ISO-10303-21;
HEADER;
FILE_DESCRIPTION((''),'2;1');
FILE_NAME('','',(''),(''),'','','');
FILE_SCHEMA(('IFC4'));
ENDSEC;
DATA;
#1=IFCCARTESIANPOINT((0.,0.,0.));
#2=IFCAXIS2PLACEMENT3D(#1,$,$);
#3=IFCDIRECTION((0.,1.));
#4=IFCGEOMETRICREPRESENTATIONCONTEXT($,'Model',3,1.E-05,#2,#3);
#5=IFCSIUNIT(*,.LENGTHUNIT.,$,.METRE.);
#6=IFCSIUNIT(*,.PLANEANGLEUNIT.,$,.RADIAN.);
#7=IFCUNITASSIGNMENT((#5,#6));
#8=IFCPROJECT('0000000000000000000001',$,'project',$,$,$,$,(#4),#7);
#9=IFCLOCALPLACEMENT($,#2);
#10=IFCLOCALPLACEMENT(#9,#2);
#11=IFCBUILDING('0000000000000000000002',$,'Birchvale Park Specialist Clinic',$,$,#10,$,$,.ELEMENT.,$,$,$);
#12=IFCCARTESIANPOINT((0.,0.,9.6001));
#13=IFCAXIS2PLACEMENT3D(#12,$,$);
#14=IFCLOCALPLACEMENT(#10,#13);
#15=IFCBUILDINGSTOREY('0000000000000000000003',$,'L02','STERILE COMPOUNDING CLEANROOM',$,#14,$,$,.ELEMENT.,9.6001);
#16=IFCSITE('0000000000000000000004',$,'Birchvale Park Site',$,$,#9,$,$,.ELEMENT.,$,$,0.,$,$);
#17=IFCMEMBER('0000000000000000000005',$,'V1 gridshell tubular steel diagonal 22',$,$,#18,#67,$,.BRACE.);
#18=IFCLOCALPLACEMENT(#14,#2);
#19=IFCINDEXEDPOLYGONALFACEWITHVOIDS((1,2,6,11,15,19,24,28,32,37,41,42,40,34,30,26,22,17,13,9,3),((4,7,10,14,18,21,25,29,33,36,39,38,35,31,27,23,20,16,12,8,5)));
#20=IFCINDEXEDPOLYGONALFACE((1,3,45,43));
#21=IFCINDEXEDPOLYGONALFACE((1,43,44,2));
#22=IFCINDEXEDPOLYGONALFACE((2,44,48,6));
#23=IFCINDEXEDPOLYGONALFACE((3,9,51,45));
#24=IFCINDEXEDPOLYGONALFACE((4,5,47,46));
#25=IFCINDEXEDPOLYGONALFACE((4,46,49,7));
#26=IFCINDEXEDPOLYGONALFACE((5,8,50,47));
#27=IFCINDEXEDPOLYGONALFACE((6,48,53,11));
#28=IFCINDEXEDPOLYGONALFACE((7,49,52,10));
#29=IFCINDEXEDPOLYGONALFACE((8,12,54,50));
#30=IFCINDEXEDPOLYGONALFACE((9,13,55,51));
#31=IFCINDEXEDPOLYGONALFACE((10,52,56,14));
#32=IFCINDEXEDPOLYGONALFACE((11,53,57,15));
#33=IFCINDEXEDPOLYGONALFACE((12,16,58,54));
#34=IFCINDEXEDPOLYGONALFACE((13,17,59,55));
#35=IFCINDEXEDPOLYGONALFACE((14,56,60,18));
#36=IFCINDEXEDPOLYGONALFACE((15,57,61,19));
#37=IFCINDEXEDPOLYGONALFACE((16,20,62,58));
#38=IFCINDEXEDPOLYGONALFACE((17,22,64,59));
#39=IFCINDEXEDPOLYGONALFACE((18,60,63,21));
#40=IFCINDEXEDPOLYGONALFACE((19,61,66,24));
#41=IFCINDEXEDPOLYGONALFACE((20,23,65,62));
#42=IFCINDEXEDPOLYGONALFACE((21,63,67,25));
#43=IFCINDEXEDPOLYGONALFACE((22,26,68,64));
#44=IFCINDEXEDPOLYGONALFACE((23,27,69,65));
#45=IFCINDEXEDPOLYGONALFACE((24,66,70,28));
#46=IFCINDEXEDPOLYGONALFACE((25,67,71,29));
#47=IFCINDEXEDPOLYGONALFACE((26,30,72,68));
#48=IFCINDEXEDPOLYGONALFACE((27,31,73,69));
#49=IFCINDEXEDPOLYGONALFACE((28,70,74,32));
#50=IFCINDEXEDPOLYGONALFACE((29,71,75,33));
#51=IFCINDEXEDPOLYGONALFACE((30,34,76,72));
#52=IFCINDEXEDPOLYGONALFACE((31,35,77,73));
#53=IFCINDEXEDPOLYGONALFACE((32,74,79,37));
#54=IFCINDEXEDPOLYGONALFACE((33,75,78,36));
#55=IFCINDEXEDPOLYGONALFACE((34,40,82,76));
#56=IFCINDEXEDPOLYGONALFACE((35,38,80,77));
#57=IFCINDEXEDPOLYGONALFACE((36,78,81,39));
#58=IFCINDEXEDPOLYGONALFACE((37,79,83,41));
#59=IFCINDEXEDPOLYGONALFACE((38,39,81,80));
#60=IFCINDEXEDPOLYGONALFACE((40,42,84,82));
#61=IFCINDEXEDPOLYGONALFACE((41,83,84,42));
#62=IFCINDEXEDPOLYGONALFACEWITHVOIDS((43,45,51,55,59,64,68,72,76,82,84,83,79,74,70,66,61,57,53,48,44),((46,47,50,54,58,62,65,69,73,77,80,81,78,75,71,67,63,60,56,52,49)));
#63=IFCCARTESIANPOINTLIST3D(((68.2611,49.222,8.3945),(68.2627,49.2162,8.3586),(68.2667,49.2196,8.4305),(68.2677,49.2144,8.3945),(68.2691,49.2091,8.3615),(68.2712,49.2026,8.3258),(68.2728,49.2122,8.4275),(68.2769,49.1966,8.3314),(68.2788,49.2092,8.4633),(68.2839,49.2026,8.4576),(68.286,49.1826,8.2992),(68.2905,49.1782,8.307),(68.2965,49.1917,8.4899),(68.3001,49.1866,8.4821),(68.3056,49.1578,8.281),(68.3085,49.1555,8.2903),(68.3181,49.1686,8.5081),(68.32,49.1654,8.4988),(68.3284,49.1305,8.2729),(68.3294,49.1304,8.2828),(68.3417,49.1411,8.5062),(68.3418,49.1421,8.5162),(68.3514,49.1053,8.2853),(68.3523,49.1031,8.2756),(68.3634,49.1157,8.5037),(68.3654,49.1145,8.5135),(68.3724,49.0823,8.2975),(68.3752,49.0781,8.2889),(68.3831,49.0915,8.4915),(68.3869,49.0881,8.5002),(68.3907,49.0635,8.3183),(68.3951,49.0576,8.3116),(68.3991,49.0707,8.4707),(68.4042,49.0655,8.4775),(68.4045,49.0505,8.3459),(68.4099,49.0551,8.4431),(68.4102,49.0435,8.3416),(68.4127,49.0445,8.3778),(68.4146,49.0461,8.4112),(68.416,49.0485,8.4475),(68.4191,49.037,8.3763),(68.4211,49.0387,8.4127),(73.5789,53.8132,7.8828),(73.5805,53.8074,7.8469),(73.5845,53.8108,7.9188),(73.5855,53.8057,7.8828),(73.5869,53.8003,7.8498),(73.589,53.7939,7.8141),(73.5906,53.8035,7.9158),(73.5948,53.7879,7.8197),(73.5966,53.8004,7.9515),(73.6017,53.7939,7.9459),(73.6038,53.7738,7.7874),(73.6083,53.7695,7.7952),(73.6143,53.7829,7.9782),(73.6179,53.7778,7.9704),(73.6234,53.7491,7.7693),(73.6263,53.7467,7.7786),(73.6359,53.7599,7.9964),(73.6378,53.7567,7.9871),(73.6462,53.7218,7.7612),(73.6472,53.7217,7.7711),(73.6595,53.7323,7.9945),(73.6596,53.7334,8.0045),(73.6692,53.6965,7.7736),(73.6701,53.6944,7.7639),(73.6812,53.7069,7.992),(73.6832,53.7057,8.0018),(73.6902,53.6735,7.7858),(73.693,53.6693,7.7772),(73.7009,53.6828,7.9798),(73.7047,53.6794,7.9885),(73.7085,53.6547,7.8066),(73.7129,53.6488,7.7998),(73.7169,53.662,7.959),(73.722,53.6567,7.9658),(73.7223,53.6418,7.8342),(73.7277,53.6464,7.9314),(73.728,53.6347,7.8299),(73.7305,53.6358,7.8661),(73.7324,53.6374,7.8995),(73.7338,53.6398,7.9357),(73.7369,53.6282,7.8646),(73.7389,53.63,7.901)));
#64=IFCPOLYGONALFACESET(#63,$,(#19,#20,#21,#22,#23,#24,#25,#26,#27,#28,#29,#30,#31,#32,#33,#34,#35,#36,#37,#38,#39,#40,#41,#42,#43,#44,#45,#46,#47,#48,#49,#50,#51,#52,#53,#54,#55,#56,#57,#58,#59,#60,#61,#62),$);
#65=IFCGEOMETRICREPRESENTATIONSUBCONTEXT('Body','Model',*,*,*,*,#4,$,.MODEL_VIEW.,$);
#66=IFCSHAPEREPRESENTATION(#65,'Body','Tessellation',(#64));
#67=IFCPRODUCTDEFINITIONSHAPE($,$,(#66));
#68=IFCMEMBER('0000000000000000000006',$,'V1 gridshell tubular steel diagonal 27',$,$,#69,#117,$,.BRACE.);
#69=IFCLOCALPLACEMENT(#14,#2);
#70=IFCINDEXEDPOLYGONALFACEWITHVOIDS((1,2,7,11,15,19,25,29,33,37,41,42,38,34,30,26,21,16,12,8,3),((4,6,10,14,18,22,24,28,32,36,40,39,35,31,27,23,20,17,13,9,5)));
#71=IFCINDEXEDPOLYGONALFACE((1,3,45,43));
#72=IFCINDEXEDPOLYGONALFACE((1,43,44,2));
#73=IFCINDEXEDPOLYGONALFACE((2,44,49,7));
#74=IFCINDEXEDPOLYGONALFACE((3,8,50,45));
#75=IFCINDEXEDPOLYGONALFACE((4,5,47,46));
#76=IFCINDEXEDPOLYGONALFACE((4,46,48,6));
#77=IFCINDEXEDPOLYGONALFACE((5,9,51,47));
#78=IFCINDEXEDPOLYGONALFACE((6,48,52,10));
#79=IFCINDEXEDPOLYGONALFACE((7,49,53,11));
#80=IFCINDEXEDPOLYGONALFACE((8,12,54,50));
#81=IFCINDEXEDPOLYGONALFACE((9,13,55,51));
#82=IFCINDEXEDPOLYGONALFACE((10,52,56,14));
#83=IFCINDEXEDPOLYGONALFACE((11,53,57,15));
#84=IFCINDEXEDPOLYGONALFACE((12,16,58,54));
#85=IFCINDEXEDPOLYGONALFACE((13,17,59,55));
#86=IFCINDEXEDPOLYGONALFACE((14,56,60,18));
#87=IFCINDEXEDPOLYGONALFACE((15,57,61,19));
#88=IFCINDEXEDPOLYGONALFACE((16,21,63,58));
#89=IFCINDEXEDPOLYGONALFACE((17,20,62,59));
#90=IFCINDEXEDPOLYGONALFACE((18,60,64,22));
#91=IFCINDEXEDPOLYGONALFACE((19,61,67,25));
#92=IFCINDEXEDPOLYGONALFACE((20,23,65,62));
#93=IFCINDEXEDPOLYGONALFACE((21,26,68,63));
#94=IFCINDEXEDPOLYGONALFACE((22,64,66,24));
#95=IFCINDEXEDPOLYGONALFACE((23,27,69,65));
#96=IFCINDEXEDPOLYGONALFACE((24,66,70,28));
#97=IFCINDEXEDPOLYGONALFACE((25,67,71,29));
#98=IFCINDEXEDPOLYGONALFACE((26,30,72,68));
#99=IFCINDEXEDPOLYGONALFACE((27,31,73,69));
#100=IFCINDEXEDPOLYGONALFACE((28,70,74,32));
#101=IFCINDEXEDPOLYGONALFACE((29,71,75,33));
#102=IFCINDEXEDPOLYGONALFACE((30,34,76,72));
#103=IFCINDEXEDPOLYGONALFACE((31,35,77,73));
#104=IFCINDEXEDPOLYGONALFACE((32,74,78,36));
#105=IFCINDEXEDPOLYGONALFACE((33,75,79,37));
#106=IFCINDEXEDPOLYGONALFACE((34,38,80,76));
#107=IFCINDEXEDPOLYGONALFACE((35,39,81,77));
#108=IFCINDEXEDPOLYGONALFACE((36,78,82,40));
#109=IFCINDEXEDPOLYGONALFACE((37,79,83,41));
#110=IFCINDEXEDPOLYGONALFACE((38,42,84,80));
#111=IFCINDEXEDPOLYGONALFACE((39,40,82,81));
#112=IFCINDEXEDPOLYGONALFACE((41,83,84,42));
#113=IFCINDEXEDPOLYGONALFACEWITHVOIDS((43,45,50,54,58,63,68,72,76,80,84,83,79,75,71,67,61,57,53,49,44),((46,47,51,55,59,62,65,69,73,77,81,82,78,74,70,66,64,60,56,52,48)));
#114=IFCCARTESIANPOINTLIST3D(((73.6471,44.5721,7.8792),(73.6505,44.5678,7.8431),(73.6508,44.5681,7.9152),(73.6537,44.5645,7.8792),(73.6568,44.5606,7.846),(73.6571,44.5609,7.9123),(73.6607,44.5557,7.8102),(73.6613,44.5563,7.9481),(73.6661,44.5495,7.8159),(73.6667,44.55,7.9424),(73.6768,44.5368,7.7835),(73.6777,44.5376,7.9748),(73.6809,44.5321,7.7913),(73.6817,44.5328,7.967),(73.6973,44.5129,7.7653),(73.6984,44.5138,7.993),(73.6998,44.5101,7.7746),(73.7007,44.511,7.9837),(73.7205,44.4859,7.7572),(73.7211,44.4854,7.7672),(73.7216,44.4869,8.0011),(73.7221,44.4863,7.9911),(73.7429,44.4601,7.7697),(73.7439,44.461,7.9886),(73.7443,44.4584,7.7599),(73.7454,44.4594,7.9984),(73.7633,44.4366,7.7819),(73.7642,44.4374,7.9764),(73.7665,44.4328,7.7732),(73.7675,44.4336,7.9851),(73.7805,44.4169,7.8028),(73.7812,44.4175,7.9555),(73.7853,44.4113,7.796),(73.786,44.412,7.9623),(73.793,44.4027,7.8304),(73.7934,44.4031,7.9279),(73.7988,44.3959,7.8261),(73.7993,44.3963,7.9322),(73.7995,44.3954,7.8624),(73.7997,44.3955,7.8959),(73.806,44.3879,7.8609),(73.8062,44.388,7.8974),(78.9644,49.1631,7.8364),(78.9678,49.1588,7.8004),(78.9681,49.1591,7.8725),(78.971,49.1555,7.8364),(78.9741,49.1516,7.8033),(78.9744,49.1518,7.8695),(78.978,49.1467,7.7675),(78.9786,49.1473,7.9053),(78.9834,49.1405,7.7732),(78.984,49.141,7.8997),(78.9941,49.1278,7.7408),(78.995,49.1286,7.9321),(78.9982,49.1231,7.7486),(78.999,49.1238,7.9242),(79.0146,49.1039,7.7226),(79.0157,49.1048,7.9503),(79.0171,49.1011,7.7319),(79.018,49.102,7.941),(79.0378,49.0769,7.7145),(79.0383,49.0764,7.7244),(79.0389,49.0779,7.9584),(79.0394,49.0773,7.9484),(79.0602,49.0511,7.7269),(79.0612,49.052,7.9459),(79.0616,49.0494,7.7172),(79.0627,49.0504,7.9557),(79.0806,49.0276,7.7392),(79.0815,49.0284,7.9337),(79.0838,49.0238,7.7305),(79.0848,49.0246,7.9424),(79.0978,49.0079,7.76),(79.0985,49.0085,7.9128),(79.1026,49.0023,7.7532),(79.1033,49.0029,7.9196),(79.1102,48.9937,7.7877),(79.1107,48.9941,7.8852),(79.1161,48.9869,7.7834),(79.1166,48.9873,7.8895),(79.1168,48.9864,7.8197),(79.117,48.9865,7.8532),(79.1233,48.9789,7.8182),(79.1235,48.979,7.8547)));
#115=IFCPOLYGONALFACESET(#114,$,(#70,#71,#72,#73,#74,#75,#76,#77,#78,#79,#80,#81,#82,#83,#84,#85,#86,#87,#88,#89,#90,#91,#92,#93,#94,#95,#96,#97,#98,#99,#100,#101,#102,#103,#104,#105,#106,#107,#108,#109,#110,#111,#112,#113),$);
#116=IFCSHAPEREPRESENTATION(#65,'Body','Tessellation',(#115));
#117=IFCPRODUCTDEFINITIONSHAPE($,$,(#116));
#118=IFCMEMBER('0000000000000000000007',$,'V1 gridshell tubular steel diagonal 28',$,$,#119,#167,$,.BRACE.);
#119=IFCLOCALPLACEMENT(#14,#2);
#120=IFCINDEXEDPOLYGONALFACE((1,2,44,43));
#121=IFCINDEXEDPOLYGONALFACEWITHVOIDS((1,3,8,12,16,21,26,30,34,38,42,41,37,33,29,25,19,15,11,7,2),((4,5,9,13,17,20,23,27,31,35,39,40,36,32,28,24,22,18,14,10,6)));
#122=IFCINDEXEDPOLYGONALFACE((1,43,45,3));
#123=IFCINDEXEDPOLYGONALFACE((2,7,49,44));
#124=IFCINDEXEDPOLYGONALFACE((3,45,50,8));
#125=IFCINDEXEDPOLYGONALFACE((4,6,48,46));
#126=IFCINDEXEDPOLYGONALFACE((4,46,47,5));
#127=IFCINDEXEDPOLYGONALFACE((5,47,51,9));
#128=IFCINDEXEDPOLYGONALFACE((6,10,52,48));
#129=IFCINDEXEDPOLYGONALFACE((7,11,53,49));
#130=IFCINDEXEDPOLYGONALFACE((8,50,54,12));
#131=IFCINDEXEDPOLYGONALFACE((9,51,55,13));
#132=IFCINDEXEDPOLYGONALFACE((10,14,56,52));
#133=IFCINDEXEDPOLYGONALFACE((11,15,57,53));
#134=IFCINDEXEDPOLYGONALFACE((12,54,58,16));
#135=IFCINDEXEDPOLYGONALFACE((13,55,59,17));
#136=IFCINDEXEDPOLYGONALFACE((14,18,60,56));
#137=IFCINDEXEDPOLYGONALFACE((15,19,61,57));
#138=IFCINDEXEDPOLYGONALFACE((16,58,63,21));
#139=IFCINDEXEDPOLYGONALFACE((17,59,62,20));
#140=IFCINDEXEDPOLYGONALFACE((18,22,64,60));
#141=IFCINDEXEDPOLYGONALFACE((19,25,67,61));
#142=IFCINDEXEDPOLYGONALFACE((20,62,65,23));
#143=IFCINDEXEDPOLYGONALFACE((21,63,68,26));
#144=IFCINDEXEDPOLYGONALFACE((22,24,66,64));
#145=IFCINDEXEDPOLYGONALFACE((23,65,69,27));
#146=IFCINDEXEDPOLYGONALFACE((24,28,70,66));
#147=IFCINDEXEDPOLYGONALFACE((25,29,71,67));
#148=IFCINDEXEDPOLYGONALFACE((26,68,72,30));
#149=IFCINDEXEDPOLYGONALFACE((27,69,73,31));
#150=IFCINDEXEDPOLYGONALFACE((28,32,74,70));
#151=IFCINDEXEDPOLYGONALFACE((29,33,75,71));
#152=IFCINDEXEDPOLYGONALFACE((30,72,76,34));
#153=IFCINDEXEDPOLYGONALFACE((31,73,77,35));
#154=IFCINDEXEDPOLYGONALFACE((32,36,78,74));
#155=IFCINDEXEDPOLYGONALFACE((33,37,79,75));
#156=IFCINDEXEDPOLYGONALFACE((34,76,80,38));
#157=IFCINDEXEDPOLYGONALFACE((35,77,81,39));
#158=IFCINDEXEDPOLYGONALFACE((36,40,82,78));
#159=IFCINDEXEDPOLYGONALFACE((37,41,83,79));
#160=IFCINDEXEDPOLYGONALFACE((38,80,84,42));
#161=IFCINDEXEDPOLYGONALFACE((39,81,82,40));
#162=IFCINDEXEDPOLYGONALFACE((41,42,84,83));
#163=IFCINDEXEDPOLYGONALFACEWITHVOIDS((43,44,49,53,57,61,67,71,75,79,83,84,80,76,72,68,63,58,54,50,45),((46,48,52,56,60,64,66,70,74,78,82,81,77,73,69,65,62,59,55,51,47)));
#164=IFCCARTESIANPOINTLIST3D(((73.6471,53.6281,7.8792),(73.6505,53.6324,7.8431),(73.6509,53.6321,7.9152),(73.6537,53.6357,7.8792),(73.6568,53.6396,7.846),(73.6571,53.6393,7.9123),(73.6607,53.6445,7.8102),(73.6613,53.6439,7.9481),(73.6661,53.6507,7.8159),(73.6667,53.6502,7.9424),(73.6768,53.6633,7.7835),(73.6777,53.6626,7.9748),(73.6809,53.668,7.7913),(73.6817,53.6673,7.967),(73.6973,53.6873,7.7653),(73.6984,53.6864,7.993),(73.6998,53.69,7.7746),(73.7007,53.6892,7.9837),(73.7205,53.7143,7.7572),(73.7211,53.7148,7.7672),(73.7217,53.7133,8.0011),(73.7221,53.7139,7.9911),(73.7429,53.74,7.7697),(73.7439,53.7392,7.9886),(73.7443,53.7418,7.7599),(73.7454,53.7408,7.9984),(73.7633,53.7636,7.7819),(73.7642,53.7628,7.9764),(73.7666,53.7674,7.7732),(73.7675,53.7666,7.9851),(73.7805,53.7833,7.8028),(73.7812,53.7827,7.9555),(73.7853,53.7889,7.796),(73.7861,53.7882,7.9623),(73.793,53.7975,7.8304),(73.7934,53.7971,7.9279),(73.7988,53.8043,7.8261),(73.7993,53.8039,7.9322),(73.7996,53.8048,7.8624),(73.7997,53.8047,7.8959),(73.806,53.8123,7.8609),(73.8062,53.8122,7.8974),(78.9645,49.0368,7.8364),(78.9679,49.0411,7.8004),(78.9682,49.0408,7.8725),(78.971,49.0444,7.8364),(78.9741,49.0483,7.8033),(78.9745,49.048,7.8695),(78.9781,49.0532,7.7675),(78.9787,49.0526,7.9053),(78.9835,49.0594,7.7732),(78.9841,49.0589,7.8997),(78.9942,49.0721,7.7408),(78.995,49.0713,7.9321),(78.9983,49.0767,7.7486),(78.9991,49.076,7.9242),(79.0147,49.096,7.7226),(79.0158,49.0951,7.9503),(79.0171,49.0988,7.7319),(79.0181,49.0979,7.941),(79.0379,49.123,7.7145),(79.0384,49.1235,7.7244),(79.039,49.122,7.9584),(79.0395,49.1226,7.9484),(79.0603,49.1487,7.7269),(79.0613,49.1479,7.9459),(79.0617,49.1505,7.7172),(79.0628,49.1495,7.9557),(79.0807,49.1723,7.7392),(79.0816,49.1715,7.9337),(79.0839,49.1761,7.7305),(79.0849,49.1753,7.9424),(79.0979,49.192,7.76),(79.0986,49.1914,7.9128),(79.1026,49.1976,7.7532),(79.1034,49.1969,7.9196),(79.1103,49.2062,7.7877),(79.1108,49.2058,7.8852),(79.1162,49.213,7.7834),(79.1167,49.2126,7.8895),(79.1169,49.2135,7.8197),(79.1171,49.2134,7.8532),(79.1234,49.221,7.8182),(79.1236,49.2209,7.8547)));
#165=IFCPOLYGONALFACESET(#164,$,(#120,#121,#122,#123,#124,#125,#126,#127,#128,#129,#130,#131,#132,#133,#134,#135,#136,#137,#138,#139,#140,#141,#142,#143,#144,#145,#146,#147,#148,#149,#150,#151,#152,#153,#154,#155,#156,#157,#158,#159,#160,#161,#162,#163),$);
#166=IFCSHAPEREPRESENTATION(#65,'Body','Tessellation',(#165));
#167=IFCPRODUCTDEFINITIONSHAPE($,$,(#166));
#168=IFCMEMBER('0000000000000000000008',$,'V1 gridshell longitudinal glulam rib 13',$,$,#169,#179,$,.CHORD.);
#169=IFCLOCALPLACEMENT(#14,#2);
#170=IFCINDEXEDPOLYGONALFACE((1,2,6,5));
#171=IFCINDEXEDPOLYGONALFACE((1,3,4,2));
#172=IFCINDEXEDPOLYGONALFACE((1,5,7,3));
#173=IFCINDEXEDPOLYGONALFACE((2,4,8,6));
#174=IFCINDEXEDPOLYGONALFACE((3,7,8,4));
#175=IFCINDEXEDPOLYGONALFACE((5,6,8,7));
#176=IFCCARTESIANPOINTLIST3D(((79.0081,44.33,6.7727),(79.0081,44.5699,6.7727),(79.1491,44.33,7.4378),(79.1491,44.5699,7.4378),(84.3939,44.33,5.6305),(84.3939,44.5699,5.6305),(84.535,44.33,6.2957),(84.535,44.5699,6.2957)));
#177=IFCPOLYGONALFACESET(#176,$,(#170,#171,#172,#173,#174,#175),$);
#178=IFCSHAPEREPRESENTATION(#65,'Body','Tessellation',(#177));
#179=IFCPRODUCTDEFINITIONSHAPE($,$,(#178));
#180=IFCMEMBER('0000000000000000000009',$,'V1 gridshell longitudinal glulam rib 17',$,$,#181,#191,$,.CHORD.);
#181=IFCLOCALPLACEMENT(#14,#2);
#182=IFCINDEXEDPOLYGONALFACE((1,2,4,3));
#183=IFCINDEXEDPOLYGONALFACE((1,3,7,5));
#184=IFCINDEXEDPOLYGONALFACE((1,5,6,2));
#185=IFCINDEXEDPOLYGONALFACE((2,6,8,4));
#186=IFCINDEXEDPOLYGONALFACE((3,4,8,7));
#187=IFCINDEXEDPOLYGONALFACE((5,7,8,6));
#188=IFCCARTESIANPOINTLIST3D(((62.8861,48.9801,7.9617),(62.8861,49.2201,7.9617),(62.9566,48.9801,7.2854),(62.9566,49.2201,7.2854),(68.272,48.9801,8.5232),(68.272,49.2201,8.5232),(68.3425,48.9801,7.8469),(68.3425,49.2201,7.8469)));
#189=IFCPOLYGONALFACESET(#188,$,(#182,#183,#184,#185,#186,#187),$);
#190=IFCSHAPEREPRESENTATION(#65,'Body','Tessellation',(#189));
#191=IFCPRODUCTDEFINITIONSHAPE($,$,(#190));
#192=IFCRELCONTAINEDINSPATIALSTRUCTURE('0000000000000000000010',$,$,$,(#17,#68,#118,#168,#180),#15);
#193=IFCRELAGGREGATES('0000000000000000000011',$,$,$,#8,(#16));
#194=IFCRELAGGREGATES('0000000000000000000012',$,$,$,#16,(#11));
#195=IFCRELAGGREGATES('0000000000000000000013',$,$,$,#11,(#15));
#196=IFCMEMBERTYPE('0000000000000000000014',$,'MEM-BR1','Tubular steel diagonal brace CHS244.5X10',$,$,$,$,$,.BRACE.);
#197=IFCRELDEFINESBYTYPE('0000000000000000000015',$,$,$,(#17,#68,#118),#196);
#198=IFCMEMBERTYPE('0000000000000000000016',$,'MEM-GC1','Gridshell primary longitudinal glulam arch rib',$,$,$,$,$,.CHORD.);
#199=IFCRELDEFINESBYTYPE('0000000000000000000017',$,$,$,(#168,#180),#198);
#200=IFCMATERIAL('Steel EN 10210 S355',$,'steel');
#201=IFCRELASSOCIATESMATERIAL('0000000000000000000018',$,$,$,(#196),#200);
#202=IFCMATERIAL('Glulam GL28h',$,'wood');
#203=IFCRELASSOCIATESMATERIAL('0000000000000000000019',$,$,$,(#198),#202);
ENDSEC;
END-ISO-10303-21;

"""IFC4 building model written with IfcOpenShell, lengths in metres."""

from ifc_helpers import new_model, si_unit, direction, frame, origin, origin_2d, place, context, subcontext, project, spatial, rectangle, hollow_circle, extrude, material, material_profile, profile_set, type_object, element, save


model = new_model("IFC4")

# Units and contexts
model_context = context("Model", 3, precision=1e-05, world=origin(), true_north=direction((0.0, 1.0)))
body_context = subcontext(model_context, "Body", "Model", "MODEL_VIEW")
ifc_project = project(units=[si_unit("LENGTHUNIT", "METRE"), si_unit("PLANEANGLEUNIT", "RADIAN")], contexts=[model_context])

# Site, building, storey
site_placement = place(None, origin())
site = spatial("IfcSite", under=ifc_project, at=site_placement, Name="Birchvale Park Site", CompositionType="ELEMENT", RefElevation=0.0)
building_placement = place(site_placement, origin())
building = spatial("IfcBuilding", under=site, at=building_placement, Name="Birchvale Park Specialist Clinic", CompositionType="ELEMENT")
storey_placement = place(building_placement, frame((0.0, 0.0, 9.6001)))
storey = spatial("IfcBuildingStorey", under=building, at=storey_placement, Name="L02", Description="STERILE COMPOUNDING CLEANROOM", CompositionType="ELEMENT", Elevation=9.6001)

# Members
ifc_material_1 = material(Name="Steel EN 10210 S355", Category="steel")
ifc_material_profile_1 = material_profile(ifc_material_1, hollow_circle(Radius=0.1223, WallThickness=0.01, at=origin_2d()), Name="CHS244.5X10")
ifc_profile_set_1 = profile_set([ifc_material_profile_1], Name="Steel EN 10210 S355")
member_type_1 = type_object("IfcMemberType", Name="MEM-BR1", Description="Tubular steel diagonal brace CHS244.5X10", PredefinedType="BRACE", material=ifc_profile_set_1)
member_1_placement = place(storey_placement, frame((68.3411, 49.1294, 8.3945), z_axis=(0.754922, 0.651779, -0.072643), x_axis=(-0.653506, 0.756921, 0.0)))
element("IfcMember", 1, at=member_1_placement, inside=storey, type_object=member_type_1, Name="V1 gridshell tubular steel diagonal 22", PredefinedType="BRACE", context=body_context, shape_type="SweptSolid", body=[
    extrude(hollow_circle(Radius=0.1223, WallThickness=0.01, at=origin_2d()), origin(), (0.0, 0.0, 1.0), 7.0442),
])
member_2_placement = place(storey_placement, frame((73.7271, 44.4795, 7.8792), z_axis=(0.756895, 0.653508, -0.006082), x_axis=(-0.65352, 0.756909, 0.0)))
element("IfcMember", 2, at=member_2_placement, inside=storey, type_object=member_type_1, Name="V1 gridshell tubular steel diagonal 27", PredefinedType="BRACE", context=body_context, shape_type="SweptSolid", body=[
    extrude(hollow_circle(Radius=0.1223, WallThickness=0.01, at=origin_2d()), origin(), (0.0, 0.0, 1.0), 7.0251),
])
member_3_placement = place(storey_placement, frame((79.0444, 49.1294, 7.8364), z_axis=(-0.756878, 0.653528, 0.006081), x_axis=(-0.65354, -0.756892, 0.0)))
element("IfcMember", 3, at=member_3_placement, inside=storey, type_object=member_type_1, Name="V1 gridshell tubular steel diagonal 28", PredefinedType="BRACE", context=body_context, shape_type="SweptSolid", body=[
    extrude(hollow_circle(Radius=0.1223, WallThickness=0.01, at=origin_2d()), origin(), (0.0, 0.0, 1.0), 7.0254),
])
ifc_material_2 = material(Name="Glulam GL28h", Category="wood")
ifc_material_profile_2 = material_profile(ifc_material_2, rectangle(XDim=0.24, YDim=0.6799, at=origin_2d()), Name="GL-240x680")
ifc_profile_set_2 = profile_set([ifc_material_profile_2], Name="Glulam GL28h")
member_type_2 = type_object("IfcMemberType", Name="MEM-GC1", Description="Gridshell primary longitudinal glulam arch rib", PredefinedType="CHORD", material=ifc_profile_set_2)
member_4_placement = place(storey_placement, frame((79.0786, 44.45, 7.1052), z_axis=(0.978247, 0.0, -0.207445), x_axis=(0.0, 1.0, 0.0)))
element("IfcMember", 4, at=member_4_placement, inside=storey, type_object=member_type_2, Name="V1 gridshell longitudinal glulam rib 13", PredefinedType="CHORD", context=body_context, shape_type="SweptSolid", body=[
    extrude(rectangle(XDim=0.24, YDim=0.6799, at=origin_2d()), origin(), (0.0, 0.0, 1.0), 5.5056),
])
member_5_placement = place(storey_placement, frame((62.9214, 49.1001, 7.6235), z_axis=(0.994609, 0.0, 0.103699), x_axis=(0.0, 1.0, 0.0)))
element("IfcMember", 5, at=member_5_placement, inside=storey, type_object=member_type_2, Name="V1 gridshell longitudinal glulam rib 17", PredefinedType="CHORD", context=body_context, shape_type="SweptSolid", body=[
    extrude(rectangle(XDim=0.24, YDim=0.6799, at=origin_2d()), origin(), (0.0, 0.0, 1.0), 5.415),
])

save(model, "model.ifc")
